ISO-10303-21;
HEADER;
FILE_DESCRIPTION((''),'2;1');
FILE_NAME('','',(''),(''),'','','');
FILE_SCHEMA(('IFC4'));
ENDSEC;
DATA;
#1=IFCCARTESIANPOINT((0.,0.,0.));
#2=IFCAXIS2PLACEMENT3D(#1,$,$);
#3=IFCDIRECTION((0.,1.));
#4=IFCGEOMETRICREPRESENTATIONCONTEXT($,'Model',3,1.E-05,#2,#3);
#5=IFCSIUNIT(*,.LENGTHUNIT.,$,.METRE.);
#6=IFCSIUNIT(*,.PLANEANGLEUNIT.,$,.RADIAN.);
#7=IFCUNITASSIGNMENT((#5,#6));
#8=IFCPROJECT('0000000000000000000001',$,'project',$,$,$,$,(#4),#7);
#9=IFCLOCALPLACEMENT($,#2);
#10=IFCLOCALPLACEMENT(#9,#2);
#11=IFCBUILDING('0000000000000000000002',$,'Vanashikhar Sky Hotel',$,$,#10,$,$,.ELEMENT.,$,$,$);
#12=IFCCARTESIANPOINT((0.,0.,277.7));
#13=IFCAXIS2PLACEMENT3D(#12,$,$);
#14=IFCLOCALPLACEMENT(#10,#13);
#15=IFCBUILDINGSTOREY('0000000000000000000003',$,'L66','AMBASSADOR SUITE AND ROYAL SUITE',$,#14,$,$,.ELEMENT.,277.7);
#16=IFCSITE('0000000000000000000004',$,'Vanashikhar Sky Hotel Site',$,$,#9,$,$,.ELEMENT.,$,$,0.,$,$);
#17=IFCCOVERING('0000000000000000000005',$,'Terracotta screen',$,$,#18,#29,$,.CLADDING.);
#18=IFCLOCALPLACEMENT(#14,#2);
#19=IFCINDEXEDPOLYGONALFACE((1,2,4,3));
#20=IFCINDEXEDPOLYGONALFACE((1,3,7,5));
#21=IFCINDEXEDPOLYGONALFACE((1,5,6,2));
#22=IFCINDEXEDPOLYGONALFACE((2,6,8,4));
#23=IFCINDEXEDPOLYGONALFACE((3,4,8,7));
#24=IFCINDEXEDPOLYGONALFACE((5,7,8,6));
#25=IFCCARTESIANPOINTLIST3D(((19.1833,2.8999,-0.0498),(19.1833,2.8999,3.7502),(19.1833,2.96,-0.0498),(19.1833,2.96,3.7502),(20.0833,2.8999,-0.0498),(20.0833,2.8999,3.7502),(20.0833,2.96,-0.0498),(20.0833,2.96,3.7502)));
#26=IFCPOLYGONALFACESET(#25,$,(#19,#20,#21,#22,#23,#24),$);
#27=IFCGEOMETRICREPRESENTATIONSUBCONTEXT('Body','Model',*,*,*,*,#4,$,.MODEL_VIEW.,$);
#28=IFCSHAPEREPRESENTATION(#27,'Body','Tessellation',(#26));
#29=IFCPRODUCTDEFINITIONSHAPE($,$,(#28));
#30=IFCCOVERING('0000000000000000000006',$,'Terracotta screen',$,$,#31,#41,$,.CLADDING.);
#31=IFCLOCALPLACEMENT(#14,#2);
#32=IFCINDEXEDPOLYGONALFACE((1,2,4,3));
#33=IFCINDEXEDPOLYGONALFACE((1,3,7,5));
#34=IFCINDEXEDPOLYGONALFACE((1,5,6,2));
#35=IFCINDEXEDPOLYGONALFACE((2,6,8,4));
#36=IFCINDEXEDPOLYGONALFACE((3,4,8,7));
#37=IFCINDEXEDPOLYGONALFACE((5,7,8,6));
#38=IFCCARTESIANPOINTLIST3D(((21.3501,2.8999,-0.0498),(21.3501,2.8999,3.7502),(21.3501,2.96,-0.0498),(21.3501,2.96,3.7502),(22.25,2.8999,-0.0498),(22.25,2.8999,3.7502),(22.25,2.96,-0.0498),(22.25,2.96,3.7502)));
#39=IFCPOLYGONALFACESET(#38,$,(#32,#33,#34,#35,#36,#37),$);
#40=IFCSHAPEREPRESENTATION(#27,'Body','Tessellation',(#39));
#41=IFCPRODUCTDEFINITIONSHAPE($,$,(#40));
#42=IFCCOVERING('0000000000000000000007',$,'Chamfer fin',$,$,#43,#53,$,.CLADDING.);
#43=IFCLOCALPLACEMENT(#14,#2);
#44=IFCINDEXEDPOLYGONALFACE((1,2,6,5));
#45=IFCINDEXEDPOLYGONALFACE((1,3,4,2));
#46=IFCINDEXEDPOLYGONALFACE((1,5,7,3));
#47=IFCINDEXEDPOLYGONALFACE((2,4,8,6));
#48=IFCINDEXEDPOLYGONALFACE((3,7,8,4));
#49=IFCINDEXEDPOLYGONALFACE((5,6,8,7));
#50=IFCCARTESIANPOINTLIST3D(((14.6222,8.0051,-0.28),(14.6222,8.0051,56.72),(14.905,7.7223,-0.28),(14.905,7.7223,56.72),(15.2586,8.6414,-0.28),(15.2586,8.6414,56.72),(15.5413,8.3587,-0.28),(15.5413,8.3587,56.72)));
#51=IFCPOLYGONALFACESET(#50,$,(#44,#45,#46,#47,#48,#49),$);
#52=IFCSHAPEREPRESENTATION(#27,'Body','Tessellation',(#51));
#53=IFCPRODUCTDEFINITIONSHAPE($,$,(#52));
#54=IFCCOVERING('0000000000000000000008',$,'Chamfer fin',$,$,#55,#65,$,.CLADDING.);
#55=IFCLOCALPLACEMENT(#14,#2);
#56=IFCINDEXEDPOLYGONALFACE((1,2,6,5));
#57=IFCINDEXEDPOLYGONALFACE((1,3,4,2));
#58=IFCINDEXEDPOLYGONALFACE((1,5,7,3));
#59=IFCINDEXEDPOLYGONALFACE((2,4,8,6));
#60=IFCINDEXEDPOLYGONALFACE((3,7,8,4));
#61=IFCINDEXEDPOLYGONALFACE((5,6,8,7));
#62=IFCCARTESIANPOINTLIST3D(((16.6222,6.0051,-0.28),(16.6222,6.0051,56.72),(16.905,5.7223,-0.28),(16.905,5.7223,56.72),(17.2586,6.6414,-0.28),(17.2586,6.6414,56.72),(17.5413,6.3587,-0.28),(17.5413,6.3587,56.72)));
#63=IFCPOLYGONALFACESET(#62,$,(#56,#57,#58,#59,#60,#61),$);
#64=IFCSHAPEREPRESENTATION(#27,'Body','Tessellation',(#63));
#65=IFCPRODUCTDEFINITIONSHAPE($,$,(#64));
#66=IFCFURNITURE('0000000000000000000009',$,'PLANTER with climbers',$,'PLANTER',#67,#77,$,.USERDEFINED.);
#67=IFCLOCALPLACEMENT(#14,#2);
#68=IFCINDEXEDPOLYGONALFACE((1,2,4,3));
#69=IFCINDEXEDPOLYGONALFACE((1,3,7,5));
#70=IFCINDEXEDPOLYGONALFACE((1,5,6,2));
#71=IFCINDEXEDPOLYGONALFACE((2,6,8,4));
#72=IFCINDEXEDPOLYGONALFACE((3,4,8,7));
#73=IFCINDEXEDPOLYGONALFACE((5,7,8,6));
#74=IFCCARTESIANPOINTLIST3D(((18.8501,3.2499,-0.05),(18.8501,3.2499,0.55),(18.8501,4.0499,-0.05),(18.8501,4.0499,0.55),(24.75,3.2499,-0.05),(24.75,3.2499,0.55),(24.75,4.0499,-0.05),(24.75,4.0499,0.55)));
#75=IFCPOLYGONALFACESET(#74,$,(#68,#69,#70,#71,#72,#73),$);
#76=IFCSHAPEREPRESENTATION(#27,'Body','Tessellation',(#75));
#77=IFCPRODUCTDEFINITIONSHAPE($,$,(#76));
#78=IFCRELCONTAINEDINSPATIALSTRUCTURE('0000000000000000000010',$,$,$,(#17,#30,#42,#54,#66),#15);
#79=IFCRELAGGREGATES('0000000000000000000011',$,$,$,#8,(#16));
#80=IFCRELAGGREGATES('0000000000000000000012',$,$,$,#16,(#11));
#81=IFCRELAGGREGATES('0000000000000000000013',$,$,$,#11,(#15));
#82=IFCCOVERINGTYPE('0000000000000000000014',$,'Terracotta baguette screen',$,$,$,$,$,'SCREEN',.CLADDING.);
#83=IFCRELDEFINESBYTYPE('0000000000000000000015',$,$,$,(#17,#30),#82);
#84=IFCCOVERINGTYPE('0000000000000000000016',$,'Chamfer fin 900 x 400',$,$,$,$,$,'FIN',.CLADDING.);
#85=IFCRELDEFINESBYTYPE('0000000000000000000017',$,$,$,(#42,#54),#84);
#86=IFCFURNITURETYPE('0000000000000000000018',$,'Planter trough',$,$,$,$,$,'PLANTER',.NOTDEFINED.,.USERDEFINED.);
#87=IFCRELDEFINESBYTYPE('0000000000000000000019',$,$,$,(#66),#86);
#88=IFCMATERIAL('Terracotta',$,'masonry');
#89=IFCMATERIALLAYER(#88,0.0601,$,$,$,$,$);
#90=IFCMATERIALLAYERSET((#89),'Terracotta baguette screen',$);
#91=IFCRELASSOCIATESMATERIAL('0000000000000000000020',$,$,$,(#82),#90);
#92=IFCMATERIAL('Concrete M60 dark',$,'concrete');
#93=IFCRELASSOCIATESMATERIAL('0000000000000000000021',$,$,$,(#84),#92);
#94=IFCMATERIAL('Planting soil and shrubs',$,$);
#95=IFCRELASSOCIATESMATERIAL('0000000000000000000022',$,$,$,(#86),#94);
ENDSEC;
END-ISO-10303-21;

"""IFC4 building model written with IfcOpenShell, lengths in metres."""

from ifc_helpers import new_model, si_unit, direction, frame, origin, origin_2d, place, context, subcontext, project, spatial, rectangle, extrude, source, transform, mapped, material, layer, layer_set, material_profile, profile_set, type_object, element, save


model = new_model("IFC4")

# Units and contexts
model_context = context("Model", 3, precision=1e-05, world=origin(), true_north=direction((0.0, 1.0)))
body_context = subcontext(model_context, "Body", "Model", "MODEL_VIEW")
ifc_project = project(units=[si_unit("LENGTHUNIT", "METRE"), si_unit("PLANEANGLEUNIT", "RADIAN")], contexts=[model_context])

# Site, building, storey
site_placement = place(None, origin())
site = spatial("IfcSite", under=ifc_project, at=site_placement, Name="Vanashikhar Sky Hotel Site", CompositionType="ELEMENT", RefElevation=0.0)
building_placement = place(site_placement, origin())
building = spatial("IfcBuilding", under=site, at=building_placement, Name="Vanashikhar Sky Hotel", CompositionType="ELEMENT")
storey_placement = place(building_placement, frame((0.0, 0.0, 277.7)))
storey = spatial("IfcBuildingStorey", under=building, at=storey_placement, Name="L66", Description="AMBASSADOR SUITE AND ROYAL SUITE", CompositionType="ELEMENT", Elevation=277.7)

# Coverings
ifc_material_1 = material(Name="Terracotta", Category="masonry")
ifc_layer_1 = layer(ifc_material_1, 0.0601)
ifc_layer_set_1 = layer_set([ifc_layer_1], Name="Terracotta baguette screen")
covering_type_1 = type_object("IfcCoveringType", Name="Terracotta baguette screen", ElementType="SCREEN", PredefinedType="CLADDING", material=ifc_layer_set_1)
shared_shape_1 = source(origin(), body_context, "Body", "SweptSolid", [
    extrude(rectangle(XDim=0.8999, YDim=0.0601, at=origin_2d()), origin(), (0.0, 0.0, 1.0), 3.8),
])
for number, where, z_axis, x_axis, name in (
    (1, (19.6333, 2.9299, -0.0498), (0.0, 0.0, 1.0), (1.0, 0.0, 0.0), "Terracotta screen"),
    (2, (21.8, 2.9299, -0.0498), (0.0, 0.0, 1.0), (1.0, 0.0, 0.0), "Terracotta screen"),
):
    element("IfcCovering", number, at=place(storey_placement, frame(where, z_axis=z_axis, x_axis=x_axis)), inside=storey, type_object=covering_type_1, Name=name, PredefinedType="CLADDING", context=body_context, shape_type="MappedRepresentation", body=[
        mapped(shared_shape_1, transform((0.0, 0.0, 0.0), scale=1.0)),
    ])
ifc_material_2 = material(Name="Concrete M60 dark", Category="concrete")
ifc_material_profile_1 = material_profile(ifc_material_2, rectangle(XDim=0.8999, YDim=0.3999, at=origin_2d()))
ifc_profile_set_1 = profile_set([ifc_material_profile_1], Name="Chamfer fin 900 x 400")
covering_type_2 = type_object("IfcCoveringType", Name="Chamfer fin 900 x 400", ElementType="FIN", PredefinedType="CLADDING", material=ifc_profile_set_1)
shared_shape_2 = source(origin(), body_context, "Body", "SweptSolid", [
    extrude(rectangle(XDim=0.8999, YDim=0.3999, at=origin_2d()), origin(), (0.0, 0.0, 1.0), 57.0),
])
for number, where, z_axis, x_axis, name in (
    (3, (15.0818, 8.1819, -0.28), (0.0, 0.0, 1.0), (-0.707107, -0.707107, 0.0), "Chamfer fin"),
    (4, (17.0818, 6.1819, -0.28), (0.0, 0.0, 1.0), (-0.707107, -0.707107, 0.0), "Chamfer fin"),
):
    element("IfcCovering", number, at=place(storey_placement, frame(where, z_axis=z_axis, x_axis=x_axis)), inside=storey, type_object=covering_type_2, Name=name, PredefinedType="CLADDING", context=body_context, shape_type="MappedRepresentation", body=[
        mapped(shared_shape_2, transform((0.0, 0.0, 0.0), scale=1.0)),
    ])

# Furniture
ifc_material_3 = material(Name="Planting soil and shrubs")
furniture_type = type_object("IfcFurnitureType", Name="Planter trough", ElementType="PLANTER", AssemblyPlace="NOTDEFINED", PredefinedType="USERDEFINED", material=ifc_material_3)
shared_shape_3 = source(origin(), body_context, "Body", "SweptSolid", [
    extrude(rectangle(XDim=5.8999, YDim=0.8, at=origin_2d()), origin(), (0.0, 0.0, 1.0), 0.6001),
])
furniture_placement = place(storey_placement, frame((21.8, 3.6499, -0.05), z_axis=(0.0, 0.0, 1.0), x_axis=(1.0, 0.0, 0.0)))
element("IfcFurniture", 5, at=furniture_placement, inside=storey, type_object=furniture_type, Name="PLANTER with climbers", ObjectType="PLANTER", PredefinedType="USERDEFINED", context=body_context, shape_type="MappedRepresentation", body=[
    mapped(shared_shape_3, transform((0.0, 0.0, 0.0), scale=1.0)),
])

save(model, "model.ifc")
